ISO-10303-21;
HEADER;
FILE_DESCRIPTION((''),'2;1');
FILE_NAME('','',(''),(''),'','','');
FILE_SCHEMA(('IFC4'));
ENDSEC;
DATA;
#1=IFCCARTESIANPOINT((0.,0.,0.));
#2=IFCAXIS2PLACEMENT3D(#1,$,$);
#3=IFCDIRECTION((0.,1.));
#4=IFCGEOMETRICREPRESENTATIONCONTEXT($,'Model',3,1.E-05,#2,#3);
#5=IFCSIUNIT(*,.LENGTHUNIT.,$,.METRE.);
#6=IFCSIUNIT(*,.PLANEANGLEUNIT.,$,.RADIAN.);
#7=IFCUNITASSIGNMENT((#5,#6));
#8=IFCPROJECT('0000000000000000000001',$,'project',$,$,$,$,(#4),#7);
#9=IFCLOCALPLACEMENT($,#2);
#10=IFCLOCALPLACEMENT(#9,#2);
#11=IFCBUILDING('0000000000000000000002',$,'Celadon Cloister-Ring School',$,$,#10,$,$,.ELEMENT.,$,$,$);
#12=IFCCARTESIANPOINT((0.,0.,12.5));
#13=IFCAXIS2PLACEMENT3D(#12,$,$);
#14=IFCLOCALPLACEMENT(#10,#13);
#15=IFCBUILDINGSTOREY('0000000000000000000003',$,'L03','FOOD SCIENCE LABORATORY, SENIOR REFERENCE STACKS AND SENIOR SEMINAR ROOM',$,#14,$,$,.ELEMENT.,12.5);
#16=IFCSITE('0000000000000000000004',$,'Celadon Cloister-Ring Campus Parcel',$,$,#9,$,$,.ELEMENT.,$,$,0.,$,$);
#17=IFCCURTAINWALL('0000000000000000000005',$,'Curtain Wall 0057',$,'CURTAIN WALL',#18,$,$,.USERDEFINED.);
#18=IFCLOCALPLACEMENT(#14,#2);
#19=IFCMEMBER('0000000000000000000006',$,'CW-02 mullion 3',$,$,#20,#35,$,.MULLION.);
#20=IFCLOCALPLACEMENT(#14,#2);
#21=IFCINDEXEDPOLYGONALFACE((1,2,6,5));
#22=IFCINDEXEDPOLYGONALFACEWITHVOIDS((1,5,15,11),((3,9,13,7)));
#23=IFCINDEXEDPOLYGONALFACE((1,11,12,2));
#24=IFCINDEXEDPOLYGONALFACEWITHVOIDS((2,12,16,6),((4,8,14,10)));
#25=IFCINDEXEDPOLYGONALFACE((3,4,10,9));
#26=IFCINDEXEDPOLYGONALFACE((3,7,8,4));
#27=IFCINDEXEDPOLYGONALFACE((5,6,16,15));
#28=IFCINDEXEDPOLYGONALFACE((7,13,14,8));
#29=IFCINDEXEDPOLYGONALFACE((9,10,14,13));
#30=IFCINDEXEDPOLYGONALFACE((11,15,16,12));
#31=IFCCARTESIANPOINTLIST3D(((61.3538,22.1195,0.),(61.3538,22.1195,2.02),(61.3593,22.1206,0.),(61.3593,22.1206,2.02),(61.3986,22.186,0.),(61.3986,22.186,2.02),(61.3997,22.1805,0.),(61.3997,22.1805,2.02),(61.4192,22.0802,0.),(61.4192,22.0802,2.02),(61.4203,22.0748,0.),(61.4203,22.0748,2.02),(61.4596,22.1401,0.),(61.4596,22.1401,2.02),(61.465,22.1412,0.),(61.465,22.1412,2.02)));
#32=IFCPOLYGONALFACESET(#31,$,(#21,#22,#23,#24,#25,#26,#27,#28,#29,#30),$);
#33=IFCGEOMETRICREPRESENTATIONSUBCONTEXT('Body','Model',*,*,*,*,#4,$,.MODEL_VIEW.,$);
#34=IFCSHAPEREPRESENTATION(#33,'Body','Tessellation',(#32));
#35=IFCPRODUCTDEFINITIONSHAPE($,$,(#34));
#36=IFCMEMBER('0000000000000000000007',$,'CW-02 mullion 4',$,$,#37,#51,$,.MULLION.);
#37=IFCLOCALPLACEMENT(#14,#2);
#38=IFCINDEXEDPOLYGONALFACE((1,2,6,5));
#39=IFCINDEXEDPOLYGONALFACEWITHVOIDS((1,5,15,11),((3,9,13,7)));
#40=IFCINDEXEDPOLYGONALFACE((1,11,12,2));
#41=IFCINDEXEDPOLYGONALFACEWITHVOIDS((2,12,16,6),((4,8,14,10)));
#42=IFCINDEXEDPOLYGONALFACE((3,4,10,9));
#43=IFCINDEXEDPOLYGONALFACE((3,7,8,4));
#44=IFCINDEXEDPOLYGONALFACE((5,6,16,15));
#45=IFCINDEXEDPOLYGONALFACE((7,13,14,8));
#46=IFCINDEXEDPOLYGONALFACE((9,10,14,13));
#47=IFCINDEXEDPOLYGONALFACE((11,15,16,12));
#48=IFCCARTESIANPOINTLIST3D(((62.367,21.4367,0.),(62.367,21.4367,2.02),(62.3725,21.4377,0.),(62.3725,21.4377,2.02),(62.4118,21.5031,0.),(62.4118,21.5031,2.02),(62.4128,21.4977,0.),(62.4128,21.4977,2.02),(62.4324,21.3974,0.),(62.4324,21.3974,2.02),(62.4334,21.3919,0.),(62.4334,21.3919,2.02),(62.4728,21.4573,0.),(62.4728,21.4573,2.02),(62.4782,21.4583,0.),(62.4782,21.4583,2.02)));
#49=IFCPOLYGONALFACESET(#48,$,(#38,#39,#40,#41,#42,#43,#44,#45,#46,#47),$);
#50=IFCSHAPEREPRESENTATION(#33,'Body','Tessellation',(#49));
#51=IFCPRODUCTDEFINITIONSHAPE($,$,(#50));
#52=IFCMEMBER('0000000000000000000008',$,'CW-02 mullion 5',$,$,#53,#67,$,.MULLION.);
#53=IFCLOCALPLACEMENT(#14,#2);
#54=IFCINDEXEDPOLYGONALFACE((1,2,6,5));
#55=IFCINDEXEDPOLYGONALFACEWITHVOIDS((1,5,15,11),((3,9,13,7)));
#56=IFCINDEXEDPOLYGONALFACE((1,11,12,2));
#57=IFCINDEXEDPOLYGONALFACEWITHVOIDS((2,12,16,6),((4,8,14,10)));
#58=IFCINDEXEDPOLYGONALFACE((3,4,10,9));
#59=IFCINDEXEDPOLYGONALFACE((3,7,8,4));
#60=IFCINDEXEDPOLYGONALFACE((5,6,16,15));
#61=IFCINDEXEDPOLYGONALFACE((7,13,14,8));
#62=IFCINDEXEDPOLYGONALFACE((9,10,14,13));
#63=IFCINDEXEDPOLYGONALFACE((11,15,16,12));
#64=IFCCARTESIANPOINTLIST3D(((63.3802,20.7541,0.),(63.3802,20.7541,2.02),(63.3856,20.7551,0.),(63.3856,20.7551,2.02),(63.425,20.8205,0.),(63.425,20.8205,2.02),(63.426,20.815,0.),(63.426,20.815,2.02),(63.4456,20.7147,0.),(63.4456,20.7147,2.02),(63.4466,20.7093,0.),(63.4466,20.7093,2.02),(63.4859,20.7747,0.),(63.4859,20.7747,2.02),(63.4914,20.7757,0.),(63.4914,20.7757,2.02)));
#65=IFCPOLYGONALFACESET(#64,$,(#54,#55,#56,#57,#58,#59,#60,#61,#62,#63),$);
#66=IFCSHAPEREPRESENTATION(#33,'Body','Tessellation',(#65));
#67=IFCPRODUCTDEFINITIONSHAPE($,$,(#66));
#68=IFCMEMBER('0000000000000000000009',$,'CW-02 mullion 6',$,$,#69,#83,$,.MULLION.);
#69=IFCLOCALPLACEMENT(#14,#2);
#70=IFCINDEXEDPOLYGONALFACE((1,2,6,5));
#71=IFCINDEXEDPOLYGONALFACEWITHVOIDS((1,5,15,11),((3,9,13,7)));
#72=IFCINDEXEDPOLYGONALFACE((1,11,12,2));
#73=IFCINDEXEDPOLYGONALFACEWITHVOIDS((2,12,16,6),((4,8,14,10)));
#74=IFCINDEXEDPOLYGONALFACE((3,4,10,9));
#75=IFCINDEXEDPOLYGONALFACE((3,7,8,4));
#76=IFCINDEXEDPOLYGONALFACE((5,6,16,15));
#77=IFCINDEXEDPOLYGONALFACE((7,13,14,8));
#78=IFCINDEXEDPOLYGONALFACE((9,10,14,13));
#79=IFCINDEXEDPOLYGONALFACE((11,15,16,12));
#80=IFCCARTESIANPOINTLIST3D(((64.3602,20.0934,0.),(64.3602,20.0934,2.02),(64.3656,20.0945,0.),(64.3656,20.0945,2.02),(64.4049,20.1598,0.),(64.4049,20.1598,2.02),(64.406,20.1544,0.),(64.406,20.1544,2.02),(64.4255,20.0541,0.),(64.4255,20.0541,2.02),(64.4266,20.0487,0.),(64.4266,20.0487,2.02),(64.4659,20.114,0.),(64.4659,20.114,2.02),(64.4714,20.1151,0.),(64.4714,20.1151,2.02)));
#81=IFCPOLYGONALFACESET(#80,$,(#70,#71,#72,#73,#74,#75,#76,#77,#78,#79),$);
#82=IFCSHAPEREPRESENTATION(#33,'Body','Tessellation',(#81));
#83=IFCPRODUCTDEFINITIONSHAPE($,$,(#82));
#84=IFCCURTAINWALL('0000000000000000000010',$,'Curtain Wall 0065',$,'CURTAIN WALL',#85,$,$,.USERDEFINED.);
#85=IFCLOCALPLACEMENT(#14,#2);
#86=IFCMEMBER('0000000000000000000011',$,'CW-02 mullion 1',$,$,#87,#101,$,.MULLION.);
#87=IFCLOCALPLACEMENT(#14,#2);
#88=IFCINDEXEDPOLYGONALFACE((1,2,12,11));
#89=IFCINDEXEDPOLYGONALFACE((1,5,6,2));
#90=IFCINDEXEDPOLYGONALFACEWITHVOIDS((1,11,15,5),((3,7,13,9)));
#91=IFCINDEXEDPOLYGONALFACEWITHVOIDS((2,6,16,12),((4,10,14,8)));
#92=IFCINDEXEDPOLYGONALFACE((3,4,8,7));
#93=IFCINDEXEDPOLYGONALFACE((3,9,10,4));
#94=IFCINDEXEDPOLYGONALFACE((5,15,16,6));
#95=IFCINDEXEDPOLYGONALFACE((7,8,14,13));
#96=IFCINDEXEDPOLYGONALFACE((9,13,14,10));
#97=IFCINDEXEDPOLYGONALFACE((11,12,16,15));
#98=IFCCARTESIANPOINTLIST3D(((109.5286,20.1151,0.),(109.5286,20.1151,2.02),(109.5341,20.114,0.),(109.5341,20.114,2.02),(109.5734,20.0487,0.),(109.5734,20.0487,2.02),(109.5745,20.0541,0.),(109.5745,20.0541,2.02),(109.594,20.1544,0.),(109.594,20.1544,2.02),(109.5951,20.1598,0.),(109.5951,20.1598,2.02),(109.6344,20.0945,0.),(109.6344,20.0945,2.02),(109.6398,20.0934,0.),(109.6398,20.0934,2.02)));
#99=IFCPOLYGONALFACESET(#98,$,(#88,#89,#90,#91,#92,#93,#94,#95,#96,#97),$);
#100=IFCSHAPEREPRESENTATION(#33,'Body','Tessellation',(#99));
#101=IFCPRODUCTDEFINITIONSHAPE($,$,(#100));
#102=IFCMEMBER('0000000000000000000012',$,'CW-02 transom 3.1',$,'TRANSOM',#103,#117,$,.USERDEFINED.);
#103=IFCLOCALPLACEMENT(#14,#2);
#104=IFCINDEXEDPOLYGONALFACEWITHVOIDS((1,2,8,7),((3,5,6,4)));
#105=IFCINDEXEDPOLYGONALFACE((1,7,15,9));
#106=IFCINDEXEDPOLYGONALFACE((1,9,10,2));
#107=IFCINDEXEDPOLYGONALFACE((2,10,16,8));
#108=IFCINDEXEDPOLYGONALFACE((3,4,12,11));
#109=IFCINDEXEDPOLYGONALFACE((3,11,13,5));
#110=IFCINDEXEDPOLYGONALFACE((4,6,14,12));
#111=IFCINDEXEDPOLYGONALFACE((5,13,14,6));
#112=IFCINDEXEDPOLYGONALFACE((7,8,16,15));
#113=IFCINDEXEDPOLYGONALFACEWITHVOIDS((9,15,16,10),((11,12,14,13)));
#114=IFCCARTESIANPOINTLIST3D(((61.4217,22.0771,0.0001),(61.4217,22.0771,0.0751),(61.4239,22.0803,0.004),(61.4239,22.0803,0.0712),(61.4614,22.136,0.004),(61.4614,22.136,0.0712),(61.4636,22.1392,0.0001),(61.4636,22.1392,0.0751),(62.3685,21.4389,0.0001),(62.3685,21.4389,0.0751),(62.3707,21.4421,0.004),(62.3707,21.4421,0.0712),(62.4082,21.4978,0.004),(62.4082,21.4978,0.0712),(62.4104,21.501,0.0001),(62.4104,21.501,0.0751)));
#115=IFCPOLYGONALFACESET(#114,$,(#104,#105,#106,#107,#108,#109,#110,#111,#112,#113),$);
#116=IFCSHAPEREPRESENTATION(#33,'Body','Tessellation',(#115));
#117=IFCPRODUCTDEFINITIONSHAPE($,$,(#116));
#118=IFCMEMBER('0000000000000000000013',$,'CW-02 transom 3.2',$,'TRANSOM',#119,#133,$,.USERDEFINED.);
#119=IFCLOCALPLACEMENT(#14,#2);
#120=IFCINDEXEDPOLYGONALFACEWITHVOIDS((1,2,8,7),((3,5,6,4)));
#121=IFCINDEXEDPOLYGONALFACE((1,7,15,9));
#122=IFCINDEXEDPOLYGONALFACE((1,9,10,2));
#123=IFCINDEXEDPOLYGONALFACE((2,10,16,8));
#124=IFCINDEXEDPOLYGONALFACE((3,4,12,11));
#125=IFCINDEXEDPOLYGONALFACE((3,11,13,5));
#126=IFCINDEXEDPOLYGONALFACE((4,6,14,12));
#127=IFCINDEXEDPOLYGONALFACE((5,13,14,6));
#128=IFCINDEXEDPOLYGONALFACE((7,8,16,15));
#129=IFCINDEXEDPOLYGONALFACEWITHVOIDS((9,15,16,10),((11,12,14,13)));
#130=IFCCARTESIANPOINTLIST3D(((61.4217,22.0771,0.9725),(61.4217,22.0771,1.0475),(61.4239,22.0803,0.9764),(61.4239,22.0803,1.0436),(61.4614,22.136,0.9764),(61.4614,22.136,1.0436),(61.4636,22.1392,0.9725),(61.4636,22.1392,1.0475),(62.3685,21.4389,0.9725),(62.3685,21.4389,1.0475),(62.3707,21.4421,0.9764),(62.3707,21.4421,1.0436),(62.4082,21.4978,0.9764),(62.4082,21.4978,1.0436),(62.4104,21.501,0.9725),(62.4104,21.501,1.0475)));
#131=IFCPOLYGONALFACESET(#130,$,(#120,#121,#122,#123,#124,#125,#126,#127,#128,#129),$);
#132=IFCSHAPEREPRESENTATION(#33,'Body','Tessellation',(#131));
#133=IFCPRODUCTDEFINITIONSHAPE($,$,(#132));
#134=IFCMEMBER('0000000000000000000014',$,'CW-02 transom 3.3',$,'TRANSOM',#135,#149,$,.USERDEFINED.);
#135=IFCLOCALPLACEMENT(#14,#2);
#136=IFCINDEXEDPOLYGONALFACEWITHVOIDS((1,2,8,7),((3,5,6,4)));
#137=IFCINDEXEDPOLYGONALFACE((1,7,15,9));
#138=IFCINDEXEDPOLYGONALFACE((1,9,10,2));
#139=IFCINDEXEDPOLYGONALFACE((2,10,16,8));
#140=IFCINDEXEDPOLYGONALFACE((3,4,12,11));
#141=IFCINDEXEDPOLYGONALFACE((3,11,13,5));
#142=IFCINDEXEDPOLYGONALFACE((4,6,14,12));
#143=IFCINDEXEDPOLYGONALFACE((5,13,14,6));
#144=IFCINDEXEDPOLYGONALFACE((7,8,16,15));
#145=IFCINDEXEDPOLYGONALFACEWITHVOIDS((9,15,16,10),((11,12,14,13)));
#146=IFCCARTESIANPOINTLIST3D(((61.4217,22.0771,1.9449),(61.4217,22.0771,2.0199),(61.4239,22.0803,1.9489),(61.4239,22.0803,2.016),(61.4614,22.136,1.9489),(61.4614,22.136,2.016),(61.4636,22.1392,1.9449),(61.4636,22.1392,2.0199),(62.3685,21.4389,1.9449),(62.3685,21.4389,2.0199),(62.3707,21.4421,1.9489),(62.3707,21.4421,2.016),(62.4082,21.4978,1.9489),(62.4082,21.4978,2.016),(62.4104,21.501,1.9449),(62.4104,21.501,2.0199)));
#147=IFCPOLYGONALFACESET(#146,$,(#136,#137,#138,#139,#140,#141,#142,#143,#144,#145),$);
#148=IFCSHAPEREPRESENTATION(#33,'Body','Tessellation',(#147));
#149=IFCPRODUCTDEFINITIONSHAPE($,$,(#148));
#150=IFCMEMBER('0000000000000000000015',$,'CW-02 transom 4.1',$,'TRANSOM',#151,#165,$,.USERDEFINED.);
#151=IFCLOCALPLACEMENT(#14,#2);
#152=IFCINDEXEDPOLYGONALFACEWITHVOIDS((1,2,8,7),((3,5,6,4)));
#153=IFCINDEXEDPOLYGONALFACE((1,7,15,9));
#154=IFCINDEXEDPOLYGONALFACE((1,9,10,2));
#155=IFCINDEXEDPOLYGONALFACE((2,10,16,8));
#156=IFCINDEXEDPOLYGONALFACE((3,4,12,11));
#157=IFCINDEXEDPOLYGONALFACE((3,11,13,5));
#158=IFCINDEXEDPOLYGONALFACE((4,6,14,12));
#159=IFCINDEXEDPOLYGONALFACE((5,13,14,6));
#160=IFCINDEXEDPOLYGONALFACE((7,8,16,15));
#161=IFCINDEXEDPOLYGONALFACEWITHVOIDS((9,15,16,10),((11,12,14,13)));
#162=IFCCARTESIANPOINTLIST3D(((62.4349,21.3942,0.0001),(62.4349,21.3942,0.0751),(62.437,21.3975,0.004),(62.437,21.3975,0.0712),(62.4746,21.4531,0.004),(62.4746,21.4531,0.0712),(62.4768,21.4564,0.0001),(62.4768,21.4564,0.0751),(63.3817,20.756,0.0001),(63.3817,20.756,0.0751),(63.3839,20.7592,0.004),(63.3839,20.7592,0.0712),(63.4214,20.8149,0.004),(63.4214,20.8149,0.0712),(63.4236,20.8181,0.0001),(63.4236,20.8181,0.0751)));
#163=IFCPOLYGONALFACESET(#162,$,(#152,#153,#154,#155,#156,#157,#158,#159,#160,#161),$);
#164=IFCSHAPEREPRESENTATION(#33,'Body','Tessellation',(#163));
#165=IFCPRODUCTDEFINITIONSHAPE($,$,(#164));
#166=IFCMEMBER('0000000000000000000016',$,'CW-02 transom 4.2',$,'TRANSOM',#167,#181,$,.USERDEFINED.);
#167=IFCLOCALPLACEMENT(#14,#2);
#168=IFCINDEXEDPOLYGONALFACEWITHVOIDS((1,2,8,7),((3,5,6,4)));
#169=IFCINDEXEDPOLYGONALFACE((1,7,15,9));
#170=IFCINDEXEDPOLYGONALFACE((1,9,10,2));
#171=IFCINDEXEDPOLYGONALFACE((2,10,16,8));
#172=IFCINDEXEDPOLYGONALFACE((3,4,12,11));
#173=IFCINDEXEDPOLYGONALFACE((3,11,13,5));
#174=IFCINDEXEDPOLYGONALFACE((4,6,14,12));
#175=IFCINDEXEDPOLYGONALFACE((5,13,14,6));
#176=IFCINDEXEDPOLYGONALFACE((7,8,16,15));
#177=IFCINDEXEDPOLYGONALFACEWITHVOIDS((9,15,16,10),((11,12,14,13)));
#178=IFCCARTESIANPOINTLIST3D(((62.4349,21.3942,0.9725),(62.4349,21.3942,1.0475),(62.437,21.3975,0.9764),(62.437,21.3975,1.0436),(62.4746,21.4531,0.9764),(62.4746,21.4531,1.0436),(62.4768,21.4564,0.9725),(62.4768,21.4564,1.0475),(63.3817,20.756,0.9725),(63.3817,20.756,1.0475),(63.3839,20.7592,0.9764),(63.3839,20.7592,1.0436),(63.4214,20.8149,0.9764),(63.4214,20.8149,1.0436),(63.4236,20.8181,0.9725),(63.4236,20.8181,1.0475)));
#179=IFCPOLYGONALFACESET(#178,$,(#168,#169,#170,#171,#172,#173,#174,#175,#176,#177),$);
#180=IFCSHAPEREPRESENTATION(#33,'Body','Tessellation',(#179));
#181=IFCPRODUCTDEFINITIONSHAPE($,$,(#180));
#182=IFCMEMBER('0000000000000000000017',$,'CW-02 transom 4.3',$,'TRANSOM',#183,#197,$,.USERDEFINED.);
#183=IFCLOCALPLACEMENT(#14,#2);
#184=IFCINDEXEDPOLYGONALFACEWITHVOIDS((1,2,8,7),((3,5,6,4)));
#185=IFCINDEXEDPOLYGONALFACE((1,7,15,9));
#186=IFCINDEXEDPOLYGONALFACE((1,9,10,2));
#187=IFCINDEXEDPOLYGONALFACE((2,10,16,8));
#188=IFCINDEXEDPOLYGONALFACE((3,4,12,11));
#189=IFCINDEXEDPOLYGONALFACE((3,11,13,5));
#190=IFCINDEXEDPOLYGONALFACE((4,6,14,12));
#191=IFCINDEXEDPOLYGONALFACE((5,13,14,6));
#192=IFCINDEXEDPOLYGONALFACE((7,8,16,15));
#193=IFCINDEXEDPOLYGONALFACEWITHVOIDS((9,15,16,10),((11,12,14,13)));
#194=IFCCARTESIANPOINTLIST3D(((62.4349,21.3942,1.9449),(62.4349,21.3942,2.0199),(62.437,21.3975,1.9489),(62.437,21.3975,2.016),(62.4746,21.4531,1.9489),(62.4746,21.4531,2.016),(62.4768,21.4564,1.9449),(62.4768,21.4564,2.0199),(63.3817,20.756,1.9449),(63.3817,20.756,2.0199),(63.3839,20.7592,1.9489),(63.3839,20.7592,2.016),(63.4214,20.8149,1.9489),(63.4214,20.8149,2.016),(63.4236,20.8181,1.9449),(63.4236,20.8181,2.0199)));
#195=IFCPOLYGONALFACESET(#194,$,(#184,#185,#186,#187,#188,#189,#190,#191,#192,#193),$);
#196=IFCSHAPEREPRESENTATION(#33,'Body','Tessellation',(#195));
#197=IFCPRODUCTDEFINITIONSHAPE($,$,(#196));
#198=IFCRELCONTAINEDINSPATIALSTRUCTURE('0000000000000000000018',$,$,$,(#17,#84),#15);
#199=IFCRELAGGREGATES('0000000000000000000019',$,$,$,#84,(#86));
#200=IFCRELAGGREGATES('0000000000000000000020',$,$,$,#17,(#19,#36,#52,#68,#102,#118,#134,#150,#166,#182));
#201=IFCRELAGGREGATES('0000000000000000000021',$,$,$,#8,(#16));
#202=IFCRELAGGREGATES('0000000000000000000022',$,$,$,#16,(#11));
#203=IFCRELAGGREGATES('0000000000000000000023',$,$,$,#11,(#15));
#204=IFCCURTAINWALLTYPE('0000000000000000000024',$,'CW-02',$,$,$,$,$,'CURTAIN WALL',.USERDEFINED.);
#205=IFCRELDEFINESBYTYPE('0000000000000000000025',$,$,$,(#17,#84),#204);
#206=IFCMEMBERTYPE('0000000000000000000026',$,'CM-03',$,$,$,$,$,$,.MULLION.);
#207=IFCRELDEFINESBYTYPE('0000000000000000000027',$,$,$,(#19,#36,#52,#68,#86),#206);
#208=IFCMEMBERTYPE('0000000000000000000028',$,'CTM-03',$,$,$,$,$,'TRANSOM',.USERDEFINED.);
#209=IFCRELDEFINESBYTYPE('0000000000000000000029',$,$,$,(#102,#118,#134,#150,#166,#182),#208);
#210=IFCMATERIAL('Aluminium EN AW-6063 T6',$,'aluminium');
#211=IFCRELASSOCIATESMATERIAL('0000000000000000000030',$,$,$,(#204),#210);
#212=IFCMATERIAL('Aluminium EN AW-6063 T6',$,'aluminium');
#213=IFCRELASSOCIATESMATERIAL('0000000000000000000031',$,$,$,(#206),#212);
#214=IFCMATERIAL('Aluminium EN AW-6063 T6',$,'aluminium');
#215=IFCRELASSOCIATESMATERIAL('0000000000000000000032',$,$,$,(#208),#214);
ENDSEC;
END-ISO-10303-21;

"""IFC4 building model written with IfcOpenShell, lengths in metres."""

from ifc_helpers import new_model, si_unit, direction, frame, origin, origin_2d, place, context, subcontext, project, spatial, hollow_rectangle, extrude, material, material_profile, profile_set, type_object, element, aggregate, save


model = new_model("IFC4")

# Units and contexts
model_context = context("Model", 3, precision=1e-05, world=origin(), true_north=direction((0.0, 1.0)))
body_context = subcontext(model_context, "Body", "Model", "MODEL_VIEW")
ifc_project = project(units=[si_unit("LENGTHUNIT", "METRE"), si_unit("PLANEANGLEUNIT", "RADIAN")], contexts=[model_context])

# Site, building, storey
site_placement = place(None, origin())
site = spatial("IfcSite", under=ifc_project, at=site_placement, Name="Celadon Cloister-Ring Campus Parcel", CompositionType="ELEMENT", RefElevation=0.0)
building_placement = place(site_placement, origin())
building = spatial("IfcBuilding", under=site, at=building_placement, Name="Celadon Cloister-Ring School", CompositionType="ELEMENT")
storey_placement = place(building_placement, frame((0.0, 0.0, 12.5)))
storey = spatial("IfcBuildingStorey", under=building, at=storey_placement, Name="L03", Description="FOOD SCIENCE LABORATORY, SENIOR REFERENCE STACKS AND SENIOR SEMINAR ROOM", CompositionType="ELEMENT", Elevation=12.5)

# Curtain wall, members
ifc_material_1 = material(Name="Aluminium EN AW-6063 T6", Category="aluminium")
curtain_wall_type = type_object("IfcCurtainWallType", Name="CW-02", ElementType="CURTAIN WALL", PredefinedType="USERDEFINED", material=ifc_material_1)
curtain_wall_1_placement = place(storey_placement, origin())
curtain_wall_1 = element("IfcCurtainWall", 1, at=curtain_wall_1_placement, inside=storey, type_object=curtain_wall_type, Name="Curtain Wall 0057", ObjectType="CURTAIN WALL", PredefinedType="USERDEFINED")
ifc_material_2 = material(Name="Aluminium EN AW-6063 T6", Category="aluminium")
ifc_material_profile_1 = material_profile(ifc_material_2, hollow_rectangle(XDim=0.0801, YDim=0.0801, WallThickness=0.0039, at=origin_2d()), Name="RHS80X80X4")
ifc_profile_set_1 = profile_set([ifc_material_profile_1], Name="Aluminium EN AW-6063 T6")
member_type_1 = type_object("IfcMemberType", Name="CM-03", PredefinedType="MULLION", material=ifc_profile_set_1)
member_1_placement = place(storey_placement, frame((61.4094, 22.1304, 0.0), z_axis=(0.0, 0.0, 1.0), x_axis=(0.558849, 0.82927, 0.0)))
member_1 = element("IfcMember", 2, at=member_1_placement, type_object=member_type_1, Name="CW-02 mullion 3", PredefinedType="MULLION", context=body_context, shape_type="SweptSolid", body=[
    extrude(hollow_rectangle(XDim=0.0801, YDim=0.0801, WallThickness=0.0039, at=origin_2d()), origin(), (0.0, 0.0, 1.0), 2.02),
])
member_2_placement = place(storey_placement, frame((62.4226, 21.4475, 0.0), z_axis=(0.0, 0.0, 1.0), x_axis=(0.558849, 0.82927, 0.0)))
member_2 = element("IfcMember", 3, at=member_2_placement, type_object=member_type_1, Name="CW-02 mullion 4", PredefinedType="MULLION", context=body_context, shape_type="SweptSolid", body=[
    extrude(hollow_rectangle(XDim=0.0801, YDim=0.0801, WallThickness=0.0039, at=origin_2d()), origin(), (0.0, 0.0, 1.0), 2.02),
])
member_3_placement = place(storey_placement, frame((63.4358, 20.7649, 0.0), z_axis=(0.0, 0.0, 1.0), x_axis=(0.558849, 0.82927, 0.0)))
member_3 = element("IfcMember", 4, at=member_3_placement, type_object=member_type_1, Name="CW-02 mullion 5", PredefinedType="MULLION", context=body_context, shape_type="SweptSolid", body=[
    extrude(hollow_rectangle(XDim=0.0801, YDim=0.0801, WallThickness=0.0039, at=origin_2d()), origin(), (0.0, 0.0, 1.0), 2.02),
])
member_4_placement = place(storey_placement, frame((64.4158, 20.1042, 0.0), z_axis=(0.0, 0.0, 1.0), x_axis=(0.558849, 0.82927, 0.0)))
member_4 = element("IfcMember", 5, at=member_4_placement, type_object=member_type_1, Name="CW-02 mullion 6", PredefinedType="MULLION", context=body_context, shape_type="SweptSolid", body=[
    extrude(hollow_rectangle(XDim=0.0801, YDim=0.0801, WallThickness=0.0039, at=origin_2d()), origin(), (0.0, 0.0, 1.0), 2.02),
])

# Curtain wall, member
curtain_wall_2_placement = place(storey_placement, origin())
curtain_wall_2 = element("IfcCurtainWall", 6, at=curtain_wall_2_placement, inside=storey, type_object=curtain_wall_type, Name="Curtain Wall 0065", ObjectType="CURTAIN WALL", PredefinedType="USERDEFINED")
member_5_placement = place(storey_placement, frame((109.5842, 20.1042, 0.0), z_axis=(0.0, 0.0, 1.0), x_axis=(-0.558849, 0.82927, 0.0)))
member_5 = element("IfcMember", 7, at=member_5_placement, type_object=member_type_1, Name="CW-02 mullion 1", PredefinedType="MULLION", context=body_context, shape_type="SweptSolid", body=[
    extrude(hollow_rectangle(XDim=0.0801, YDim=0.0801, WallThickness=0.0039, at=origin_2d()), origin(), (0.0, 0.0, 1.0), 2.02),
])
aggregate(curtain_wall_2, [member_5])

# Members
ifc_material_3 = material(Name="Aluminium EN AW-6063 T6", Category="aluminium")
ifc_material_profile_2 = material_profile(ifc_material_3, hollow_rectangle(XDim=0.075, YDim=0.075, WallThickness=0.0039, at=origin_2d()), Name="RHS75X75X4")
ifc_profile_set_2 = profile_set([ifc_material_profile_2], Name="Aluminium EN AW-6063 T6")
member_type_2 = type_object("IfcMemberType", Name="CTM-03", ElementType="TRANSOM", PredefinedType="USERDEFINED", material=ifc_profile_set_2)
member_6_placement = place(storey_placement, frame((61.4426, 22.1082, 0.0376), z_axis=(0.82921, -0.558937, 0.0), x_axis=(0.558937, 0.82921, 0.0)))
member_6 = element("IfcMember", 8, at=member_6_placement, type_object=member_type_2, Name="CW-02 transom 3.1", ObjectType="TRANSOM", PredefinedType="USERDEFINED", context=body_context, shape_type="SweptSolid", body=[
    extrude(hollow_rectangle(XDim=0.075, YDim=0.075, WallThickness=0.0039, at=origin_2d()), origin(), (0.0, 0.0, 1.0), 1.1418),
])
member_7_placement = place(storey_placement, frame((61.4426, 22.1082, 1.01), z_axis=(0.82921, -0.558937, 0.0), x_axis=(0.558937, 0.82921, 0.0)))
member_7 = element("IfcMember", 9, at=member_7_placement, type_object=member_type_2, Name="CW-02 transom 3.2", ObjectType="TRANSOM", PredefinedType="USERDEFINED", context=body_context, shape_type="SweptSolid", body=[
    extrude(hollow_rectangle(XDim=0.075, YDim=0.075, WallThickness=0.0039, at=origin_2d()), origin(), (0.0, 0.0, 1.0), 1.1418),
])
member_8_placement = place(storey_placement, frame((61.4426, 22.1082, 1.9824), z_axis=(0.82921, -0.558937, 0.0), x_axis=(0.558937, 0.82921, 0.0)))
member_8 = element("IfcMember", 10, at=member_8_placement, type_object=member_type_2, Name="CW-02 transom 3.3", ObjectType="TRANSOM", PredefinedType="USERDEFINED", context=body_context, shape_type="SweptSolid", body=[
    extrude(hollow_rectangle(XDim=0.075, YDim=0.075, WallThickness=0.0039, at=origin_2d()), origin(), (0.0, 0.0, 1.0), 1.1418),
])
member_9_placement = place(storey_placement, frame((62.4558, 21.4253, 0.0376), z_axis=(0.82921, -0.558937, 0.0), x_axis=(0.558937, 0.82921, 0.0)))
member_9 = element("IfcMember", 11, at=member_9_placement, type_object=member_type_2, Name="CW-02 transom 4.1", ObjectType="TRANSOM", PredefinedType="USERDEFINED", context=body_context, shape_type="SweptSolid", body=[
    extrude(hollow_rectangle(XDim=0.075, YDim=0.075, WallThickness=0.0039, at=origin_2d()), origin(), (0.0, 0.0, 1.0), 1.1418),
])
member_10_placement = place(storey_placement, frame((62.4558, 21.4253, 1.01), z_axis=(0.82921, -0.558937, 0.0), x_axis=(0.558937, 0.82921, 0.0)))
member_10 = element("IfcMember", 12, at=member_10_placement, type_object=member_type_2, Name="CW-02 transom 4.2", ObjectType="TRANSOM", PredefinedType="USERDEFINED", context=body_context, shape_type="SweptSolid", body=[
    extrude(hollow_rectangle(XDim=0.075, YDim=0.075, WallThickness=0.0039, at=origin_2d()), origin(), (0.0, 0.0, 1.0), 1.1418),
])
member_11_placement = place(storey_placement, frame((62.4558, 21.4253, 1.9824), z_axis=(0.82921, -0.558937, 0.0), x_axis=(0.558937, 0.82921, 0.0)))
member_11 = element("IfcMember", 13, at=member_11_placement, type_object=member_type_2, Name="CW-02 transom 4.3", ObjectType="TRANSOM", PredefinedType="USERDEFINED", context=body_context, shape_type="SweptSolid", body=[
    extrude(hollow_rectangle(XDim=0.075, YDim=0.075, WallThickness=0.0039, at=origin_2d()), origin(), (0.0, 0.0, 1.0), 1.1418),
])

aggregate(curtain_wall_1, [member_1, member_2, member_3, member_4, member_6, member_7, member_8, member_9, member_10, member_11])

save(model, "model.ifc")
